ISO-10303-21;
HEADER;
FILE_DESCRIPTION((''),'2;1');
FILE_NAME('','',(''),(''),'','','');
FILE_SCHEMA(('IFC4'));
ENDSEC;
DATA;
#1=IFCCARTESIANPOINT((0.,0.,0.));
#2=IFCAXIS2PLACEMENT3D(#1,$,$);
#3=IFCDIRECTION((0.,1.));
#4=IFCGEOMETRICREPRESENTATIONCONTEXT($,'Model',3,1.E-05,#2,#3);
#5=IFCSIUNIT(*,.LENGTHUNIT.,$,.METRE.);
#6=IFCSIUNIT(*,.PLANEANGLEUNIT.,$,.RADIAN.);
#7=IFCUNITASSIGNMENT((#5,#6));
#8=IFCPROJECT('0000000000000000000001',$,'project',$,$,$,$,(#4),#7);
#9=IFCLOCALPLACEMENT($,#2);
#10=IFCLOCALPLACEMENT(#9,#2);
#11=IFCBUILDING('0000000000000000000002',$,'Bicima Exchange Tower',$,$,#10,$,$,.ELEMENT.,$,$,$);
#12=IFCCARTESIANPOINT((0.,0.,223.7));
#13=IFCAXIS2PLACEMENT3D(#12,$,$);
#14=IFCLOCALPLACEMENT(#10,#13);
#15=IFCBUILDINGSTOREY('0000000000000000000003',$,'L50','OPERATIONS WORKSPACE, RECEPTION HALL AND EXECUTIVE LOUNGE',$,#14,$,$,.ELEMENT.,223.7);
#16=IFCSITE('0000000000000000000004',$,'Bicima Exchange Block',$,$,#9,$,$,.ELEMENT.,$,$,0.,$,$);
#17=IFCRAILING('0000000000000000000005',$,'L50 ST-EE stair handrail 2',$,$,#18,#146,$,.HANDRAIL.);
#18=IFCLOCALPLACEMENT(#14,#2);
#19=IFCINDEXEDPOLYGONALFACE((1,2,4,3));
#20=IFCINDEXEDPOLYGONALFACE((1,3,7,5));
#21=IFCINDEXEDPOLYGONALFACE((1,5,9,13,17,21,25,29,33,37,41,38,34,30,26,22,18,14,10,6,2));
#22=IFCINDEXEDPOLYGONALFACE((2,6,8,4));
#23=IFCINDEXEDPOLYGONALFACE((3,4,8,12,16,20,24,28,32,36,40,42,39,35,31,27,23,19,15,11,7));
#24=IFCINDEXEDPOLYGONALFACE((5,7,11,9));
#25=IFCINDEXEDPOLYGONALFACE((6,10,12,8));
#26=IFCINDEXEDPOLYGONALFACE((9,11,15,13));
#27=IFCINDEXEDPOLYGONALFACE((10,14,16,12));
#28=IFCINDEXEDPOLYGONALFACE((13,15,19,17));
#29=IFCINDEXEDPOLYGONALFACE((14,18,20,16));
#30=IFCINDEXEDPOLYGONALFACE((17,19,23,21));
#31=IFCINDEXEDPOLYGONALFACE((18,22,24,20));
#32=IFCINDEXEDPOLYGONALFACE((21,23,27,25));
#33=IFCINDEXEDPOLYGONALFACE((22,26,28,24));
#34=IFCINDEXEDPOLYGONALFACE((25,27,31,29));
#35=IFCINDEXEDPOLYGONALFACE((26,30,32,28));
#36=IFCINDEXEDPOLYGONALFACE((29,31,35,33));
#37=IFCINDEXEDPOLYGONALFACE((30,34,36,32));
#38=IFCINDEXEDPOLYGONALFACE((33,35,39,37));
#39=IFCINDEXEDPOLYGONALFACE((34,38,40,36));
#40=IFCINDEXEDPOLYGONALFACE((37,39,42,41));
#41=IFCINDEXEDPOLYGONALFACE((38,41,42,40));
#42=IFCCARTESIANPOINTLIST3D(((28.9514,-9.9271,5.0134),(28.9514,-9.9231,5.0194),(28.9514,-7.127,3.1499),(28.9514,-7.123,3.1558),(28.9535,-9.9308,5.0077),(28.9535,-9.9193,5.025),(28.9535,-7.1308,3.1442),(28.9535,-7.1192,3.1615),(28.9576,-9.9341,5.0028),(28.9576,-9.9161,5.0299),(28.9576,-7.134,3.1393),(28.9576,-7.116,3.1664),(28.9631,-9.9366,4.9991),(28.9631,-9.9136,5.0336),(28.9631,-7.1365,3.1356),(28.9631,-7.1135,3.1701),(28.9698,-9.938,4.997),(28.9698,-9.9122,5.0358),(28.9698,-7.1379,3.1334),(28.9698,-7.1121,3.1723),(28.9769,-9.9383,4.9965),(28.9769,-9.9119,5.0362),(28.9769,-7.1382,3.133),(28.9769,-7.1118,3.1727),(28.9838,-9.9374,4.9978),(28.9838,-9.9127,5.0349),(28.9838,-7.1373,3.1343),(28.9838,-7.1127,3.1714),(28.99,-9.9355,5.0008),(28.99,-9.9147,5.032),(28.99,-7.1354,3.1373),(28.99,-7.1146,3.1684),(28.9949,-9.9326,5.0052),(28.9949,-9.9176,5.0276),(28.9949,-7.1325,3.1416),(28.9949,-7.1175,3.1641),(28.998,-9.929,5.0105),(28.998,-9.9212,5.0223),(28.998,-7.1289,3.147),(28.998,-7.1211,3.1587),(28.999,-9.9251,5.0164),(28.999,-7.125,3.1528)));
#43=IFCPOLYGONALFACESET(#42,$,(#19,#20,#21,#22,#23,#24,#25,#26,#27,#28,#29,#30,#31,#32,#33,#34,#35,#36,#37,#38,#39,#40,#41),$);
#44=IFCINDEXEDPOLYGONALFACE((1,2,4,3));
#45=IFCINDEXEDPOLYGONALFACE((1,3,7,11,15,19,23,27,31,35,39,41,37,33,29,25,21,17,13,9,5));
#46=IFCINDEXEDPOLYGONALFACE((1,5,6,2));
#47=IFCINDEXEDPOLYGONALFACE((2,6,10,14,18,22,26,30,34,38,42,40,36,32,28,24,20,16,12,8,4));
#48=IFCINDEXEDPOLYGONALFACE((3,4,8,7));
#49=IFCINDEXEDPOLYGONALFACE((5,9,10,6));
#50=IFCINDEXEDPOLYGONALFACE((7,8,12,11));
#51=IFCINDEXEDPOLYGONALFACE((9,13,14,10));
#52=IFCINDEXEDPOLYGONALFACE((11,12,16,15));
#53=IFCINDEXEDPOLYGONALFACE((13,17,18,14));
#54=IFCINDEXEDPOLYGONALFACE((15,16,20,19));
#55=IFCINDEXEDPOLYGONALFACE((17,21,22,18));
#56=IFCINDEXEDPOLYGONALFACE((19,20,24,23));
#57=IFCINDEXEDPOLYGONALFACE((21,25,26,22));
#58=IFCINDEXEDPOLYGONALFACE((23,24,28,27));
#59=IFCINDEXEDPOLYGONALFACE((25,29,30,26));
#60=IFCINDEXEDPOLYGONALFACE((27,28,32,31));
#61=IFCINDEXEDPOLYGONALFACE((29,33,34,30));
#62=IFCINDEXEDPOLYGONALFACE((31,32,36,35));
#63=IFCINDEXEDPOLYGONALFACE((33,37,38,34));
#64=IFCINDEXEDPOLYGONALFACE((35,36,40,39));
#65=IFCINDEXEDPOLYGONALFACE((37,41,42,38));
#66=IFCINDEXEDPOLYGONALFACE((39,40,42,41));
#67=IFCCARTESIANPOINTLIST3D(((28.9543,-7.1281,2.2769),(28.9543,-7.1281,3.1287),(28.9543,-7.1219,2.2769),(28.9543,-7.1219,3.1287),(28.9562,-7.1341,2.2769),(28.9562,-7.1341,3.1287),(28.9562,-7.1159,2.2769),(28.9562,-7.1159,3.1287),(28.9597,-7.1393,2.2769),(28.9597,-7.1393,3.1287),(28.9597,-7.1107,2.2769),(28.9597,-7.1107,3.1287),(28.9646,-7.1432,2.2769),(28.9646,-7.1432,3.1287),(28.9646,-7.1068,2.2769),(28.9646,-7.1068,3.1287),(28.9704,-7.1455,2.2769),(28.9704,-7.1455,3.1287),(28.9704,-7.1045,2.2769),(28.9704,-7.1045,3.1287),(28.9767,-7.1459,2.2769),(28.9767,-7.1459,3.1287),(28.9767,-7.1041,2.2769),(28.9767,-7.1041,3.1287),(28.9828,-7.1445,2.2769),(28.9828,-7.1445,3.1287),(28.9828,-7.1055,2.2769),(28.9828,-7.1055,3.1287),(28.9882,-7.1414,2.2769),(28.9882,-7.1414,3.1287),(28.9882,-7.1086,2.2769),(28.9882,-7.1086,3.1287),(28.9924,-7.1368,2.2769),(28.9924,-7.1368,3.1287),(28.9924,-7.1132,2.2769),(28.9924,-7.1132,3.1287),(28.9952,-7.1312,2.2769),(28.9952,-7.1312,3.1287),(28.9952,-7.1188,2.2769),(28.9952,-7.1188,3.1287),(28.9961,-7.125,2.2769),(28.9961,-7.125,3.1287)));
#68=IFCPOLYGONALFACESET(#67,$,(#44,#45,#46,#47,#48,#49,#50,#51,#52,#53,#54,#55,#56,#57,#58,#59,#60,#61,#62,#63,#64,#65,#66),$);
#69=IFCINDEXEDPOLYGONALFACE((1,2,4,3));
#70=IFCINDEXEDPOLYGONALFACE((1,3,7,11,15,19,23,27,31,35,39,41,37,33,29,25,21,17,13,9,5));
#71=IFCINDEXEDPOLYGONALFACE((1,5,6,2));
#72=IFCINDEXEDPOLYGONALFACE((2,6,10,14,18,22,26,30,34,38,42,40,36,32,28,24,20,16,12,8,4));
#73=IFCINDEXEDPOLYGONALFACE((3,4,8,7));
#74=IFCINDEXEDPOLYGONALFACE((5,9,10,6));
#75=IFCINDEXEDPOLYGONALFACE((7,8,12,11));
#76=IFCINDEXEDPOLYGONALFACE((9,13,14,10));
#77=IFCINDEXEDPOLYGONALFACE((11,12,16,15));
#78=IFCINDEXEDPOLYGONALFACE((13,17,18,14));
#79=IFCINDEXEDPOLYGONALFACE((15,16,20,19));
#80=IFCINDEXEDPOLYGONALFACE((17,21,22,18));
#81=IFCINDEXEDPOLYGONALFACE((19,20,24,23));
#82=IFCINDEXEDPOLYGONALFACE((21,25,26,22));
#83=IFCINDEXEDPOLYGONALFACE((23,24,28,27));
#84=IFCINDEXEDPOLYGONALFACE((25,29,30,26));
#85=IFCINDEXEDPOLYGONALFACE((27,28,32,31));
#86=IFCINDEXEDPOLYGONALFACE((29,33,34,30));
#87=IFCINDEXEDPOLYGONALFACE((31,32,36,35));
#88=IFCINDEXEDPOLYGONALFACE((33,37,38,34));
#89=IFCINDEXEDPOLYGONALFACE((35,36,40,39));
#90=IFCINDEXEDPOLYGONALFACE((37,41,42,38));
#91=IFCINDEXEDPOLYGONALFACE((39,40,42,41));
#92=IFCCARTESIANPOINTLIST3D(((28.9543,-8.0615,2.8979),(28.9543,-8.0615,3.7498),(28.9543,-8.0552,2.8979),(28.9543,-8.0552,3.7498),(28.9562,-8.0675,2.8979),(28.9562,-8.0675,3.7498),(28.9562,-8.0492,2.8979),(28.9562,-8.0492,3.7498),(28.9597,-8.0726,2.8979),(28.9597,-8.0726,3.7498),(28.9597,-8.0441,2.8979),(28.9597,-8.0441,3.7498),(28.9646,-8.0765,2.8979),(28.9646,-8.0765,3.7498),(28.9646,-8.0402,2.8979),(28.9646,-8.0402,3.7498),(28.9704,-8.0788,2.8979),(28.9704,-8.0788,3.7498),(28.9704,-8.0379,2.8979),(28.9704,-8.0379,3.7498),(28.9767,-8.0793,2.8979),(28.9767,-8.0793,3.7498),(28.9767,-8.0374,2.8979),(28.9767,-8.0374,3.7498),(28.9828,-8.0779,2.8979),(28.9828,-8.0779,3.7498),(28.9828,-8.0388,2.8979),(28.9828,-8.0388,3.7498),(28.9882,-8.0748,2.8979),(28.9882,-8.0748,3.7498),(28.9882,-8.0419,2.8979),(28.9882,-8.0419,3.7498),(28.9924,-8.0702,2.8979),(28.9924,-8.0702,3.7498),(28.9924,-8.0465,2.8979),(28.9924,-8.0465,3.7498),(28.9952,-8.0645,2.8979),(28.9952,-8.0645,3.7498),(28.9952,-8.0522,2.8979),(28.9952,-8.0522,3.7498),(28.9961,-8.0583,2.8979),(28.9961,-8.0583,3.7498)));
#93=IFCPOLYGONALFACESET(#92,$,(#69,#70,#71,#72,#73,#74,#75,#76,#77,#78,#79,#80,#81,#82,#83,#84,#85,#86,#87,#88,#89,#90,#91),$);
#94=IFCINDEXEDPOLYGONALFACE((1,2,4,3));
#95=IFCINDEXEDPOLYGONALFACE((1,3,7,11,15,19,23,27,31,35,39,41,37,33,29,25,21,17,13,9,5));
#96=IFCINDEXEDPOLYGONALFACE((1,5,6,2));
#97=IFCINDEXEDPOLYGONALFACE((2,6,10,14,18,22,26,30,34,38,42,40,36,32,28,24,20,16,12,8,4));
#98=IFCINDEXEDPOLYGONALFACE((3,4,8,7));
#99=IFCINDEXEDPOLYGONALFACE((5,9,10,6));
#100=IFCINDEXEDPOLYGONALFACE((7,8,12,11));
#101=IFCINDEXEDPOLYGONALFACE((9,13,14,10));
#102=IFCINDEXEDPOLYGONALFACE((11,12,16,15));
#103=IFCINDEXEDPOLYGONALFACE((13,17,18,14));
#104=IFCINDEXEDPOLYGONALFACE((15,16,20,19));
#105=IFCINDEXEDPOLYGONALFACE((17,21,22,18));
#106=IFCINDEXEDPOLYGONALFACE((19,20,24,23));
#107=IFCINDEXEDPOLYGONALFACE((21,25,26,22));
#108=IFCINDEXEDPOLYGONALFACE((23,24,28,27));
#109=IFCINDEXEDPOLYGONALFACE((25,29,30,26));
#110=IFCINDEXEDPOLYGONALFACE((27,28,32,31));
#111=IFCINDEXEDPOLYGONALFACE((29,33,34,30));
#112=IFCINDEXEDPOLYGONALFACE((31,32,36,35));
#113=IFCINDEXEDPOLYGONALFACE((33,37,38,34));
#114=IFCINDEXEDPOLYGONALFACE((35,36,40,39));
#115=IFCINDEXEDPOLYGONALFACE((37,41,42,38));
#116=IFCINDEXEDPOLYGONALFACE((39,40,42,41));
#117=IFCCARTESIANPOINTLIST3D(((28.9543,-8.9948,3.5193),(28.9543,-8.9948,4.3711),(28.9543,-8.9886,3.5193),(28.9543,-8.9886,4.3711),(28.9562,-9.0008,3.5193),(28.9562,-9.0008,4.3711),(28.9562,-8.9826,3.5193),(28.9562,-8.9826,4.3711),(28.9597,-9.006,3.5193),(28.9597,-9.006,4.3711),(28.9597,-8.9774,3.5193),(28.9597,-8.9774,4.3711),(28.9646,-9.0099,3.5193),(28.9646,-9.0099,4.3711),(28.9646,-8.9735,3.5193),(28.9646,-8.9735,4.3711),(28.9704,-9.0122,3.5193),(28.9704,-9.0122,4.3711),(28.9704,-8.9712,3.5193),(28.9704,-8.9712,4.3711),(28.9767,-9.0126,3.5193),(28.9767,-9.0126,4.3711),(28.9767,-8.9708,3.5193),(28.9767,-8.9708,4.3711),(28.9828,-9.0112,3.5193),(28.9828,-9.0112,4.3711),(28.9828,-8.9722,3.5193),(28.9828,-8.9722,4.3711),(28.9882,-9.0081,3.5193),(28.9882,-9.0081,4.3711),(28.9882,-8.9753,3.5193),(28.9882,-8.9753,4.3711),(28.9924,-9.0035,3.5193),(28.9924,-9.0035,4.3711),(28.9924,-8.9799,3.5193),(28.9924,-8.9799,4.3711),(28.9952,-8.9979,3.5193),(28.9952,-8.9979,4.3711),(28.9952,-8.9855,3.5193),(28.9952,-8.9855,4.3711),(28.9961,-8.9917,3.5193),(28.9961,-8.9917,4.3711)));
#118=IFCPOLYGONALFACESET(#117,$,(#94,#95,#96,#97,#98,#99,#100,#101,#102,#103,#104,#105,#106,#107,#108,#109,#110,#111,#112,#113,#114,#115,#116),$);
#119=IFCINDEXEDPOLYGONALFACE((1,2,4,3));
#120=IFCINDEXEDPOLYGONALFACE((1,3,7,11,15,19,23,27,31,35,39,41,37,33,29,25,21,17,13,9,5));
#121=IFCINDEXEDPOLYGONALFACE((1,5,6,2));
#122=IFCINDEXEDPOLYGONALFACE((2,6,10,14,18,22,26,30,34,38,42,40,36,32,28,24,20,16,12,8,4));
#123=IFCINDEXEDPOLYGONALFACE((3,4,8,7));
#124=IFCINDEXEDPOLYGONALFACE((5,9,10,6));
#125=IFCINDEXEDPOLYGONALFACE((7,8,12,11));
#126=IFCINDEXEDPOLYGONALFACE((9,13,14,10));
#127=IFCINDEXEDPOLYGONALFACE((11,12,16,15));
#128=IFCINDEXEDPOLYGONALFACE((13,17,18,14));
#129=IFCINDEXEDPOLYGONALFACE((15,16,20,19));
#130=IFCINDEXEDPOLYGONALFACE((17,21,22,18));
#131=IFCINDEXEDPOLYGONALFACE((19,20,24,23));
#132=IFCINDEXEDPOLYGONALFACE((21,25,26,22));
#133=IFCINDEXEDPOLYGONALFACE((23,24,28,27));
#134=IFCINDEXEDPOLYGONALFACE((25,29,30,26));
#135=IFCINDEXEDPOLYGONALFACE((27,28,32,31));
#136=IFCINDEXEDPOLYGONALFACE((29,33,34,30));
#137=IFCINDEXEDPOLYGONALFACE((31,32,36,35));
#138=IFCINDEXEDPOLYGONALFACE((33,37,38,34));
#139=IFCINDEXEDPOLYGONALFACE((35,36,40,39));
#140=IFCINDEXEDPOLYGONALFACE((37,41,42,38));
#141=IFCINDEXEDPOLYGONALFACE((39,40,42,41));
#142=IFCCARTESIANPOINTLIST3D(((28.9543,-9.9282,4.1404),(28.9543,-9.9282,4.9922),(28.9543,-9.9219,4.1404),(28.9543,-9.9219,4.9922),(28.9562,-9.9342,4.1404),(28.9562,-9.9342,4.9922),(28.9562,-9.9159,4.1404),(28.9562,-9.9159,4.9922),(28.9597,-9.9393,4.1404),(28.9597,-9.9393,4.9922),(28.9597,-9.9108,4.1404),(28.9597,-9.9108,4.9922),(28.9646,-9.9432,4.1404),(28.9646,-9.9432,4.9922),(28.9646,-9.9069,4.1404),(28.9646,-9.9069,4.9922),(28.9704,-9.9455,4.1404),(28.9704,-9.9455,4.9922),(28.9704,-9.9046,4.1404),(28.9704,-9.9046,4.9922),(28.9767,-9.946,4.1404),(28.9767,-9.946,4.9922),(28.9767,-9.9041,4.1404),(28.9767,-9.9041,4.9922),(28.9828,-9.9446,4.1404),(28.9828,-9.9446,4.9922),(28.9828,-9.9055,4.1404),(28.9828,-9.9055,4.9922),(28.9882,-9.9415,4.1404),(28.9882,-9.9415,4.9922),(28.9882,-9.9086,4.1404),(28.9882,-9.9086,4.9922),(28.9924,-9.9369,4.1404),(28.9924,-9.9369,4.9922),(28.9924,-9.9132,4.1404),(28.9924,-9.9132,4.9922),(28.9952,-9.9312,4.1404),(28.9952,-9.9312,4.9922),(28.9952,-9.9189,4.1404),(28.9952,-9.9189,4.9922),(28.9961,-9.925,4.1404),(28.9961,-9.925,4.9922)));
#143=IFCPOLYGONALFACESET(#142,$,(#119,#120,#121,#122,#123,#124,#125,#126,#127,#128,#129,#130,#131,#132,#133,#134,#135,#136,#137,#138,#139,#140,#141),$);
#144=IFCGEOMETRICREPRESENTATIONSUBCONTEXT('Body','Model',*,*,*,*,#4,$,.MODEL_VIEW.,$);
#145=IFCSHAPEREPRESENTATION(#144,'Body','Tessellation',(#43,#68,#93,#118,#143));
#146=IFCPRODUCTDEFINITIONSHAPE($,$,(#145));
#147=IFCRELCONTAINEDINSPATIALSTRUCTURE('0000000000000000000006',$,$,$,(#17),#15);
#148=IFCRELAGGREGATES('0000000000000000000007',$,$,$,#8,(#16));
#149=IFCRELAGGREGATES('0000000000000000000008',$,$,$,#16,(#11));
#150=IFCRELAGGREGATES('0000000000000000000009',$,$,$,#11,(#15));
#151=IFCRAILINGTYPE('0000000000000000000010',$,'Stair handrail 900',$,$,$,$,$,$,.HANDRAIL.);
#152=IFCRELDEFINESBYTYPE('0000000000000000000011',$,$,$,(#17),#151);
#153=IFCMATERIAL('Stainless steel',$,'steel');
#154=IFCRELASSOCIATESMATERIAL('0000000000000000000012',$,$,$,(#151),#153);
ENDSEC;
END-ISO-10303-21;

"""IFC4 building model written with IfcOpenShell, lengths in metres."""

from ifc_helpers import new_model, si_unit, direction, frame, origin, origin_2d, place, context, subcontext, project, spatial, circle, extrude, material, type_object, element, save


model = new_model("IFC4")

# Units and contexts
model_context = context("Model", 3, precision=1e-05, world=origin(), true_north=direction((0.0, 1.0)))
body_context = subcontext(model_context, "Body", "Model", "MODEL_VIEW")
ifc_project = project(units=[si_unit("LENGTHUNIT", "METRE"), si_unit("PLANEANGLEUNIT", "RADIAN")], contexts=[model_context])

# Site, building, storey
site_placement = place(None, origin())
site = spatial("IfcSite", under=ifc_project, at=site_placement, Name="Bicima Exchange Block", CompositionType="ELEMENT", RefElevation=0.0)
building_placement = place(site_placement, origin())
building = spatial("IfcBuilding", under=site, at=building_placement, Name="Bicima Exchange Tower", CompositionType="ELEMENT")
storey_placement = place(building_placement, frame((0.0, 0.0, 223.7)))
storey = spatial("IfcBuildingStorey", under=building, at=storey_placement, Name="L50", Description="OPERATIONS WORKSPACE, RECEPTION HALL AND EXECUTIVE LOUNGE", CompositionType="ELEMENT", Elevation=223.7)

# Railing
ifc_material_1 = material(Name="Stainless steel", Category="steel")
railing_type_1 = type_object("IfcRailingType", Name="Stair handrail 900", PredefinedType="HANDRAIL", material=ifc_material_1)
railing_1_placement = place(storey_placement, frame((28.9751, -7.125, 2.2769)))
element("IfcRailing", 1, at=railing_1_placement, inside=storey, type_object=railing_type_1, Name="L50 ST-EE stair handrail 2", PredefinedType="HANDRAIL", context=body_context, shape_type="SweptSolid", body=[
    extrude(circle(Radius=0.0239, at=origin_2d()), frame((0.0, 0.0, 0.876), z_axis=(0.0, -0.832486, 0.554047), x_axis=(1.0, 0.0, 0.0)), (0.0, 0.0, 1.0), 3.3635),
    extrude(circle(Radius=0.021, at=origin_2d()), origin(), (0.0, 0.0, 1.0), 0.8518),
    extrude(circle(Radius=0.021, at=origin_2d()), frame((0.0, -0.9333, 0.6211)), (0.0, 0.0, 1.0), 0.8518),
    extrude(circle(Radius=0.021, at=origin_2d()), frame((0.0, -1.8667, 1.2424)), (0.0, 0.0, 1.0), 0.8518),
    extrude(circle(Radius=0.021, at=origin_2d()), frame((0.0, -2.8, 1.8635)), (0.0, 0.0, 1.0), 0.8518),
])

save(model, "model.ifc")
